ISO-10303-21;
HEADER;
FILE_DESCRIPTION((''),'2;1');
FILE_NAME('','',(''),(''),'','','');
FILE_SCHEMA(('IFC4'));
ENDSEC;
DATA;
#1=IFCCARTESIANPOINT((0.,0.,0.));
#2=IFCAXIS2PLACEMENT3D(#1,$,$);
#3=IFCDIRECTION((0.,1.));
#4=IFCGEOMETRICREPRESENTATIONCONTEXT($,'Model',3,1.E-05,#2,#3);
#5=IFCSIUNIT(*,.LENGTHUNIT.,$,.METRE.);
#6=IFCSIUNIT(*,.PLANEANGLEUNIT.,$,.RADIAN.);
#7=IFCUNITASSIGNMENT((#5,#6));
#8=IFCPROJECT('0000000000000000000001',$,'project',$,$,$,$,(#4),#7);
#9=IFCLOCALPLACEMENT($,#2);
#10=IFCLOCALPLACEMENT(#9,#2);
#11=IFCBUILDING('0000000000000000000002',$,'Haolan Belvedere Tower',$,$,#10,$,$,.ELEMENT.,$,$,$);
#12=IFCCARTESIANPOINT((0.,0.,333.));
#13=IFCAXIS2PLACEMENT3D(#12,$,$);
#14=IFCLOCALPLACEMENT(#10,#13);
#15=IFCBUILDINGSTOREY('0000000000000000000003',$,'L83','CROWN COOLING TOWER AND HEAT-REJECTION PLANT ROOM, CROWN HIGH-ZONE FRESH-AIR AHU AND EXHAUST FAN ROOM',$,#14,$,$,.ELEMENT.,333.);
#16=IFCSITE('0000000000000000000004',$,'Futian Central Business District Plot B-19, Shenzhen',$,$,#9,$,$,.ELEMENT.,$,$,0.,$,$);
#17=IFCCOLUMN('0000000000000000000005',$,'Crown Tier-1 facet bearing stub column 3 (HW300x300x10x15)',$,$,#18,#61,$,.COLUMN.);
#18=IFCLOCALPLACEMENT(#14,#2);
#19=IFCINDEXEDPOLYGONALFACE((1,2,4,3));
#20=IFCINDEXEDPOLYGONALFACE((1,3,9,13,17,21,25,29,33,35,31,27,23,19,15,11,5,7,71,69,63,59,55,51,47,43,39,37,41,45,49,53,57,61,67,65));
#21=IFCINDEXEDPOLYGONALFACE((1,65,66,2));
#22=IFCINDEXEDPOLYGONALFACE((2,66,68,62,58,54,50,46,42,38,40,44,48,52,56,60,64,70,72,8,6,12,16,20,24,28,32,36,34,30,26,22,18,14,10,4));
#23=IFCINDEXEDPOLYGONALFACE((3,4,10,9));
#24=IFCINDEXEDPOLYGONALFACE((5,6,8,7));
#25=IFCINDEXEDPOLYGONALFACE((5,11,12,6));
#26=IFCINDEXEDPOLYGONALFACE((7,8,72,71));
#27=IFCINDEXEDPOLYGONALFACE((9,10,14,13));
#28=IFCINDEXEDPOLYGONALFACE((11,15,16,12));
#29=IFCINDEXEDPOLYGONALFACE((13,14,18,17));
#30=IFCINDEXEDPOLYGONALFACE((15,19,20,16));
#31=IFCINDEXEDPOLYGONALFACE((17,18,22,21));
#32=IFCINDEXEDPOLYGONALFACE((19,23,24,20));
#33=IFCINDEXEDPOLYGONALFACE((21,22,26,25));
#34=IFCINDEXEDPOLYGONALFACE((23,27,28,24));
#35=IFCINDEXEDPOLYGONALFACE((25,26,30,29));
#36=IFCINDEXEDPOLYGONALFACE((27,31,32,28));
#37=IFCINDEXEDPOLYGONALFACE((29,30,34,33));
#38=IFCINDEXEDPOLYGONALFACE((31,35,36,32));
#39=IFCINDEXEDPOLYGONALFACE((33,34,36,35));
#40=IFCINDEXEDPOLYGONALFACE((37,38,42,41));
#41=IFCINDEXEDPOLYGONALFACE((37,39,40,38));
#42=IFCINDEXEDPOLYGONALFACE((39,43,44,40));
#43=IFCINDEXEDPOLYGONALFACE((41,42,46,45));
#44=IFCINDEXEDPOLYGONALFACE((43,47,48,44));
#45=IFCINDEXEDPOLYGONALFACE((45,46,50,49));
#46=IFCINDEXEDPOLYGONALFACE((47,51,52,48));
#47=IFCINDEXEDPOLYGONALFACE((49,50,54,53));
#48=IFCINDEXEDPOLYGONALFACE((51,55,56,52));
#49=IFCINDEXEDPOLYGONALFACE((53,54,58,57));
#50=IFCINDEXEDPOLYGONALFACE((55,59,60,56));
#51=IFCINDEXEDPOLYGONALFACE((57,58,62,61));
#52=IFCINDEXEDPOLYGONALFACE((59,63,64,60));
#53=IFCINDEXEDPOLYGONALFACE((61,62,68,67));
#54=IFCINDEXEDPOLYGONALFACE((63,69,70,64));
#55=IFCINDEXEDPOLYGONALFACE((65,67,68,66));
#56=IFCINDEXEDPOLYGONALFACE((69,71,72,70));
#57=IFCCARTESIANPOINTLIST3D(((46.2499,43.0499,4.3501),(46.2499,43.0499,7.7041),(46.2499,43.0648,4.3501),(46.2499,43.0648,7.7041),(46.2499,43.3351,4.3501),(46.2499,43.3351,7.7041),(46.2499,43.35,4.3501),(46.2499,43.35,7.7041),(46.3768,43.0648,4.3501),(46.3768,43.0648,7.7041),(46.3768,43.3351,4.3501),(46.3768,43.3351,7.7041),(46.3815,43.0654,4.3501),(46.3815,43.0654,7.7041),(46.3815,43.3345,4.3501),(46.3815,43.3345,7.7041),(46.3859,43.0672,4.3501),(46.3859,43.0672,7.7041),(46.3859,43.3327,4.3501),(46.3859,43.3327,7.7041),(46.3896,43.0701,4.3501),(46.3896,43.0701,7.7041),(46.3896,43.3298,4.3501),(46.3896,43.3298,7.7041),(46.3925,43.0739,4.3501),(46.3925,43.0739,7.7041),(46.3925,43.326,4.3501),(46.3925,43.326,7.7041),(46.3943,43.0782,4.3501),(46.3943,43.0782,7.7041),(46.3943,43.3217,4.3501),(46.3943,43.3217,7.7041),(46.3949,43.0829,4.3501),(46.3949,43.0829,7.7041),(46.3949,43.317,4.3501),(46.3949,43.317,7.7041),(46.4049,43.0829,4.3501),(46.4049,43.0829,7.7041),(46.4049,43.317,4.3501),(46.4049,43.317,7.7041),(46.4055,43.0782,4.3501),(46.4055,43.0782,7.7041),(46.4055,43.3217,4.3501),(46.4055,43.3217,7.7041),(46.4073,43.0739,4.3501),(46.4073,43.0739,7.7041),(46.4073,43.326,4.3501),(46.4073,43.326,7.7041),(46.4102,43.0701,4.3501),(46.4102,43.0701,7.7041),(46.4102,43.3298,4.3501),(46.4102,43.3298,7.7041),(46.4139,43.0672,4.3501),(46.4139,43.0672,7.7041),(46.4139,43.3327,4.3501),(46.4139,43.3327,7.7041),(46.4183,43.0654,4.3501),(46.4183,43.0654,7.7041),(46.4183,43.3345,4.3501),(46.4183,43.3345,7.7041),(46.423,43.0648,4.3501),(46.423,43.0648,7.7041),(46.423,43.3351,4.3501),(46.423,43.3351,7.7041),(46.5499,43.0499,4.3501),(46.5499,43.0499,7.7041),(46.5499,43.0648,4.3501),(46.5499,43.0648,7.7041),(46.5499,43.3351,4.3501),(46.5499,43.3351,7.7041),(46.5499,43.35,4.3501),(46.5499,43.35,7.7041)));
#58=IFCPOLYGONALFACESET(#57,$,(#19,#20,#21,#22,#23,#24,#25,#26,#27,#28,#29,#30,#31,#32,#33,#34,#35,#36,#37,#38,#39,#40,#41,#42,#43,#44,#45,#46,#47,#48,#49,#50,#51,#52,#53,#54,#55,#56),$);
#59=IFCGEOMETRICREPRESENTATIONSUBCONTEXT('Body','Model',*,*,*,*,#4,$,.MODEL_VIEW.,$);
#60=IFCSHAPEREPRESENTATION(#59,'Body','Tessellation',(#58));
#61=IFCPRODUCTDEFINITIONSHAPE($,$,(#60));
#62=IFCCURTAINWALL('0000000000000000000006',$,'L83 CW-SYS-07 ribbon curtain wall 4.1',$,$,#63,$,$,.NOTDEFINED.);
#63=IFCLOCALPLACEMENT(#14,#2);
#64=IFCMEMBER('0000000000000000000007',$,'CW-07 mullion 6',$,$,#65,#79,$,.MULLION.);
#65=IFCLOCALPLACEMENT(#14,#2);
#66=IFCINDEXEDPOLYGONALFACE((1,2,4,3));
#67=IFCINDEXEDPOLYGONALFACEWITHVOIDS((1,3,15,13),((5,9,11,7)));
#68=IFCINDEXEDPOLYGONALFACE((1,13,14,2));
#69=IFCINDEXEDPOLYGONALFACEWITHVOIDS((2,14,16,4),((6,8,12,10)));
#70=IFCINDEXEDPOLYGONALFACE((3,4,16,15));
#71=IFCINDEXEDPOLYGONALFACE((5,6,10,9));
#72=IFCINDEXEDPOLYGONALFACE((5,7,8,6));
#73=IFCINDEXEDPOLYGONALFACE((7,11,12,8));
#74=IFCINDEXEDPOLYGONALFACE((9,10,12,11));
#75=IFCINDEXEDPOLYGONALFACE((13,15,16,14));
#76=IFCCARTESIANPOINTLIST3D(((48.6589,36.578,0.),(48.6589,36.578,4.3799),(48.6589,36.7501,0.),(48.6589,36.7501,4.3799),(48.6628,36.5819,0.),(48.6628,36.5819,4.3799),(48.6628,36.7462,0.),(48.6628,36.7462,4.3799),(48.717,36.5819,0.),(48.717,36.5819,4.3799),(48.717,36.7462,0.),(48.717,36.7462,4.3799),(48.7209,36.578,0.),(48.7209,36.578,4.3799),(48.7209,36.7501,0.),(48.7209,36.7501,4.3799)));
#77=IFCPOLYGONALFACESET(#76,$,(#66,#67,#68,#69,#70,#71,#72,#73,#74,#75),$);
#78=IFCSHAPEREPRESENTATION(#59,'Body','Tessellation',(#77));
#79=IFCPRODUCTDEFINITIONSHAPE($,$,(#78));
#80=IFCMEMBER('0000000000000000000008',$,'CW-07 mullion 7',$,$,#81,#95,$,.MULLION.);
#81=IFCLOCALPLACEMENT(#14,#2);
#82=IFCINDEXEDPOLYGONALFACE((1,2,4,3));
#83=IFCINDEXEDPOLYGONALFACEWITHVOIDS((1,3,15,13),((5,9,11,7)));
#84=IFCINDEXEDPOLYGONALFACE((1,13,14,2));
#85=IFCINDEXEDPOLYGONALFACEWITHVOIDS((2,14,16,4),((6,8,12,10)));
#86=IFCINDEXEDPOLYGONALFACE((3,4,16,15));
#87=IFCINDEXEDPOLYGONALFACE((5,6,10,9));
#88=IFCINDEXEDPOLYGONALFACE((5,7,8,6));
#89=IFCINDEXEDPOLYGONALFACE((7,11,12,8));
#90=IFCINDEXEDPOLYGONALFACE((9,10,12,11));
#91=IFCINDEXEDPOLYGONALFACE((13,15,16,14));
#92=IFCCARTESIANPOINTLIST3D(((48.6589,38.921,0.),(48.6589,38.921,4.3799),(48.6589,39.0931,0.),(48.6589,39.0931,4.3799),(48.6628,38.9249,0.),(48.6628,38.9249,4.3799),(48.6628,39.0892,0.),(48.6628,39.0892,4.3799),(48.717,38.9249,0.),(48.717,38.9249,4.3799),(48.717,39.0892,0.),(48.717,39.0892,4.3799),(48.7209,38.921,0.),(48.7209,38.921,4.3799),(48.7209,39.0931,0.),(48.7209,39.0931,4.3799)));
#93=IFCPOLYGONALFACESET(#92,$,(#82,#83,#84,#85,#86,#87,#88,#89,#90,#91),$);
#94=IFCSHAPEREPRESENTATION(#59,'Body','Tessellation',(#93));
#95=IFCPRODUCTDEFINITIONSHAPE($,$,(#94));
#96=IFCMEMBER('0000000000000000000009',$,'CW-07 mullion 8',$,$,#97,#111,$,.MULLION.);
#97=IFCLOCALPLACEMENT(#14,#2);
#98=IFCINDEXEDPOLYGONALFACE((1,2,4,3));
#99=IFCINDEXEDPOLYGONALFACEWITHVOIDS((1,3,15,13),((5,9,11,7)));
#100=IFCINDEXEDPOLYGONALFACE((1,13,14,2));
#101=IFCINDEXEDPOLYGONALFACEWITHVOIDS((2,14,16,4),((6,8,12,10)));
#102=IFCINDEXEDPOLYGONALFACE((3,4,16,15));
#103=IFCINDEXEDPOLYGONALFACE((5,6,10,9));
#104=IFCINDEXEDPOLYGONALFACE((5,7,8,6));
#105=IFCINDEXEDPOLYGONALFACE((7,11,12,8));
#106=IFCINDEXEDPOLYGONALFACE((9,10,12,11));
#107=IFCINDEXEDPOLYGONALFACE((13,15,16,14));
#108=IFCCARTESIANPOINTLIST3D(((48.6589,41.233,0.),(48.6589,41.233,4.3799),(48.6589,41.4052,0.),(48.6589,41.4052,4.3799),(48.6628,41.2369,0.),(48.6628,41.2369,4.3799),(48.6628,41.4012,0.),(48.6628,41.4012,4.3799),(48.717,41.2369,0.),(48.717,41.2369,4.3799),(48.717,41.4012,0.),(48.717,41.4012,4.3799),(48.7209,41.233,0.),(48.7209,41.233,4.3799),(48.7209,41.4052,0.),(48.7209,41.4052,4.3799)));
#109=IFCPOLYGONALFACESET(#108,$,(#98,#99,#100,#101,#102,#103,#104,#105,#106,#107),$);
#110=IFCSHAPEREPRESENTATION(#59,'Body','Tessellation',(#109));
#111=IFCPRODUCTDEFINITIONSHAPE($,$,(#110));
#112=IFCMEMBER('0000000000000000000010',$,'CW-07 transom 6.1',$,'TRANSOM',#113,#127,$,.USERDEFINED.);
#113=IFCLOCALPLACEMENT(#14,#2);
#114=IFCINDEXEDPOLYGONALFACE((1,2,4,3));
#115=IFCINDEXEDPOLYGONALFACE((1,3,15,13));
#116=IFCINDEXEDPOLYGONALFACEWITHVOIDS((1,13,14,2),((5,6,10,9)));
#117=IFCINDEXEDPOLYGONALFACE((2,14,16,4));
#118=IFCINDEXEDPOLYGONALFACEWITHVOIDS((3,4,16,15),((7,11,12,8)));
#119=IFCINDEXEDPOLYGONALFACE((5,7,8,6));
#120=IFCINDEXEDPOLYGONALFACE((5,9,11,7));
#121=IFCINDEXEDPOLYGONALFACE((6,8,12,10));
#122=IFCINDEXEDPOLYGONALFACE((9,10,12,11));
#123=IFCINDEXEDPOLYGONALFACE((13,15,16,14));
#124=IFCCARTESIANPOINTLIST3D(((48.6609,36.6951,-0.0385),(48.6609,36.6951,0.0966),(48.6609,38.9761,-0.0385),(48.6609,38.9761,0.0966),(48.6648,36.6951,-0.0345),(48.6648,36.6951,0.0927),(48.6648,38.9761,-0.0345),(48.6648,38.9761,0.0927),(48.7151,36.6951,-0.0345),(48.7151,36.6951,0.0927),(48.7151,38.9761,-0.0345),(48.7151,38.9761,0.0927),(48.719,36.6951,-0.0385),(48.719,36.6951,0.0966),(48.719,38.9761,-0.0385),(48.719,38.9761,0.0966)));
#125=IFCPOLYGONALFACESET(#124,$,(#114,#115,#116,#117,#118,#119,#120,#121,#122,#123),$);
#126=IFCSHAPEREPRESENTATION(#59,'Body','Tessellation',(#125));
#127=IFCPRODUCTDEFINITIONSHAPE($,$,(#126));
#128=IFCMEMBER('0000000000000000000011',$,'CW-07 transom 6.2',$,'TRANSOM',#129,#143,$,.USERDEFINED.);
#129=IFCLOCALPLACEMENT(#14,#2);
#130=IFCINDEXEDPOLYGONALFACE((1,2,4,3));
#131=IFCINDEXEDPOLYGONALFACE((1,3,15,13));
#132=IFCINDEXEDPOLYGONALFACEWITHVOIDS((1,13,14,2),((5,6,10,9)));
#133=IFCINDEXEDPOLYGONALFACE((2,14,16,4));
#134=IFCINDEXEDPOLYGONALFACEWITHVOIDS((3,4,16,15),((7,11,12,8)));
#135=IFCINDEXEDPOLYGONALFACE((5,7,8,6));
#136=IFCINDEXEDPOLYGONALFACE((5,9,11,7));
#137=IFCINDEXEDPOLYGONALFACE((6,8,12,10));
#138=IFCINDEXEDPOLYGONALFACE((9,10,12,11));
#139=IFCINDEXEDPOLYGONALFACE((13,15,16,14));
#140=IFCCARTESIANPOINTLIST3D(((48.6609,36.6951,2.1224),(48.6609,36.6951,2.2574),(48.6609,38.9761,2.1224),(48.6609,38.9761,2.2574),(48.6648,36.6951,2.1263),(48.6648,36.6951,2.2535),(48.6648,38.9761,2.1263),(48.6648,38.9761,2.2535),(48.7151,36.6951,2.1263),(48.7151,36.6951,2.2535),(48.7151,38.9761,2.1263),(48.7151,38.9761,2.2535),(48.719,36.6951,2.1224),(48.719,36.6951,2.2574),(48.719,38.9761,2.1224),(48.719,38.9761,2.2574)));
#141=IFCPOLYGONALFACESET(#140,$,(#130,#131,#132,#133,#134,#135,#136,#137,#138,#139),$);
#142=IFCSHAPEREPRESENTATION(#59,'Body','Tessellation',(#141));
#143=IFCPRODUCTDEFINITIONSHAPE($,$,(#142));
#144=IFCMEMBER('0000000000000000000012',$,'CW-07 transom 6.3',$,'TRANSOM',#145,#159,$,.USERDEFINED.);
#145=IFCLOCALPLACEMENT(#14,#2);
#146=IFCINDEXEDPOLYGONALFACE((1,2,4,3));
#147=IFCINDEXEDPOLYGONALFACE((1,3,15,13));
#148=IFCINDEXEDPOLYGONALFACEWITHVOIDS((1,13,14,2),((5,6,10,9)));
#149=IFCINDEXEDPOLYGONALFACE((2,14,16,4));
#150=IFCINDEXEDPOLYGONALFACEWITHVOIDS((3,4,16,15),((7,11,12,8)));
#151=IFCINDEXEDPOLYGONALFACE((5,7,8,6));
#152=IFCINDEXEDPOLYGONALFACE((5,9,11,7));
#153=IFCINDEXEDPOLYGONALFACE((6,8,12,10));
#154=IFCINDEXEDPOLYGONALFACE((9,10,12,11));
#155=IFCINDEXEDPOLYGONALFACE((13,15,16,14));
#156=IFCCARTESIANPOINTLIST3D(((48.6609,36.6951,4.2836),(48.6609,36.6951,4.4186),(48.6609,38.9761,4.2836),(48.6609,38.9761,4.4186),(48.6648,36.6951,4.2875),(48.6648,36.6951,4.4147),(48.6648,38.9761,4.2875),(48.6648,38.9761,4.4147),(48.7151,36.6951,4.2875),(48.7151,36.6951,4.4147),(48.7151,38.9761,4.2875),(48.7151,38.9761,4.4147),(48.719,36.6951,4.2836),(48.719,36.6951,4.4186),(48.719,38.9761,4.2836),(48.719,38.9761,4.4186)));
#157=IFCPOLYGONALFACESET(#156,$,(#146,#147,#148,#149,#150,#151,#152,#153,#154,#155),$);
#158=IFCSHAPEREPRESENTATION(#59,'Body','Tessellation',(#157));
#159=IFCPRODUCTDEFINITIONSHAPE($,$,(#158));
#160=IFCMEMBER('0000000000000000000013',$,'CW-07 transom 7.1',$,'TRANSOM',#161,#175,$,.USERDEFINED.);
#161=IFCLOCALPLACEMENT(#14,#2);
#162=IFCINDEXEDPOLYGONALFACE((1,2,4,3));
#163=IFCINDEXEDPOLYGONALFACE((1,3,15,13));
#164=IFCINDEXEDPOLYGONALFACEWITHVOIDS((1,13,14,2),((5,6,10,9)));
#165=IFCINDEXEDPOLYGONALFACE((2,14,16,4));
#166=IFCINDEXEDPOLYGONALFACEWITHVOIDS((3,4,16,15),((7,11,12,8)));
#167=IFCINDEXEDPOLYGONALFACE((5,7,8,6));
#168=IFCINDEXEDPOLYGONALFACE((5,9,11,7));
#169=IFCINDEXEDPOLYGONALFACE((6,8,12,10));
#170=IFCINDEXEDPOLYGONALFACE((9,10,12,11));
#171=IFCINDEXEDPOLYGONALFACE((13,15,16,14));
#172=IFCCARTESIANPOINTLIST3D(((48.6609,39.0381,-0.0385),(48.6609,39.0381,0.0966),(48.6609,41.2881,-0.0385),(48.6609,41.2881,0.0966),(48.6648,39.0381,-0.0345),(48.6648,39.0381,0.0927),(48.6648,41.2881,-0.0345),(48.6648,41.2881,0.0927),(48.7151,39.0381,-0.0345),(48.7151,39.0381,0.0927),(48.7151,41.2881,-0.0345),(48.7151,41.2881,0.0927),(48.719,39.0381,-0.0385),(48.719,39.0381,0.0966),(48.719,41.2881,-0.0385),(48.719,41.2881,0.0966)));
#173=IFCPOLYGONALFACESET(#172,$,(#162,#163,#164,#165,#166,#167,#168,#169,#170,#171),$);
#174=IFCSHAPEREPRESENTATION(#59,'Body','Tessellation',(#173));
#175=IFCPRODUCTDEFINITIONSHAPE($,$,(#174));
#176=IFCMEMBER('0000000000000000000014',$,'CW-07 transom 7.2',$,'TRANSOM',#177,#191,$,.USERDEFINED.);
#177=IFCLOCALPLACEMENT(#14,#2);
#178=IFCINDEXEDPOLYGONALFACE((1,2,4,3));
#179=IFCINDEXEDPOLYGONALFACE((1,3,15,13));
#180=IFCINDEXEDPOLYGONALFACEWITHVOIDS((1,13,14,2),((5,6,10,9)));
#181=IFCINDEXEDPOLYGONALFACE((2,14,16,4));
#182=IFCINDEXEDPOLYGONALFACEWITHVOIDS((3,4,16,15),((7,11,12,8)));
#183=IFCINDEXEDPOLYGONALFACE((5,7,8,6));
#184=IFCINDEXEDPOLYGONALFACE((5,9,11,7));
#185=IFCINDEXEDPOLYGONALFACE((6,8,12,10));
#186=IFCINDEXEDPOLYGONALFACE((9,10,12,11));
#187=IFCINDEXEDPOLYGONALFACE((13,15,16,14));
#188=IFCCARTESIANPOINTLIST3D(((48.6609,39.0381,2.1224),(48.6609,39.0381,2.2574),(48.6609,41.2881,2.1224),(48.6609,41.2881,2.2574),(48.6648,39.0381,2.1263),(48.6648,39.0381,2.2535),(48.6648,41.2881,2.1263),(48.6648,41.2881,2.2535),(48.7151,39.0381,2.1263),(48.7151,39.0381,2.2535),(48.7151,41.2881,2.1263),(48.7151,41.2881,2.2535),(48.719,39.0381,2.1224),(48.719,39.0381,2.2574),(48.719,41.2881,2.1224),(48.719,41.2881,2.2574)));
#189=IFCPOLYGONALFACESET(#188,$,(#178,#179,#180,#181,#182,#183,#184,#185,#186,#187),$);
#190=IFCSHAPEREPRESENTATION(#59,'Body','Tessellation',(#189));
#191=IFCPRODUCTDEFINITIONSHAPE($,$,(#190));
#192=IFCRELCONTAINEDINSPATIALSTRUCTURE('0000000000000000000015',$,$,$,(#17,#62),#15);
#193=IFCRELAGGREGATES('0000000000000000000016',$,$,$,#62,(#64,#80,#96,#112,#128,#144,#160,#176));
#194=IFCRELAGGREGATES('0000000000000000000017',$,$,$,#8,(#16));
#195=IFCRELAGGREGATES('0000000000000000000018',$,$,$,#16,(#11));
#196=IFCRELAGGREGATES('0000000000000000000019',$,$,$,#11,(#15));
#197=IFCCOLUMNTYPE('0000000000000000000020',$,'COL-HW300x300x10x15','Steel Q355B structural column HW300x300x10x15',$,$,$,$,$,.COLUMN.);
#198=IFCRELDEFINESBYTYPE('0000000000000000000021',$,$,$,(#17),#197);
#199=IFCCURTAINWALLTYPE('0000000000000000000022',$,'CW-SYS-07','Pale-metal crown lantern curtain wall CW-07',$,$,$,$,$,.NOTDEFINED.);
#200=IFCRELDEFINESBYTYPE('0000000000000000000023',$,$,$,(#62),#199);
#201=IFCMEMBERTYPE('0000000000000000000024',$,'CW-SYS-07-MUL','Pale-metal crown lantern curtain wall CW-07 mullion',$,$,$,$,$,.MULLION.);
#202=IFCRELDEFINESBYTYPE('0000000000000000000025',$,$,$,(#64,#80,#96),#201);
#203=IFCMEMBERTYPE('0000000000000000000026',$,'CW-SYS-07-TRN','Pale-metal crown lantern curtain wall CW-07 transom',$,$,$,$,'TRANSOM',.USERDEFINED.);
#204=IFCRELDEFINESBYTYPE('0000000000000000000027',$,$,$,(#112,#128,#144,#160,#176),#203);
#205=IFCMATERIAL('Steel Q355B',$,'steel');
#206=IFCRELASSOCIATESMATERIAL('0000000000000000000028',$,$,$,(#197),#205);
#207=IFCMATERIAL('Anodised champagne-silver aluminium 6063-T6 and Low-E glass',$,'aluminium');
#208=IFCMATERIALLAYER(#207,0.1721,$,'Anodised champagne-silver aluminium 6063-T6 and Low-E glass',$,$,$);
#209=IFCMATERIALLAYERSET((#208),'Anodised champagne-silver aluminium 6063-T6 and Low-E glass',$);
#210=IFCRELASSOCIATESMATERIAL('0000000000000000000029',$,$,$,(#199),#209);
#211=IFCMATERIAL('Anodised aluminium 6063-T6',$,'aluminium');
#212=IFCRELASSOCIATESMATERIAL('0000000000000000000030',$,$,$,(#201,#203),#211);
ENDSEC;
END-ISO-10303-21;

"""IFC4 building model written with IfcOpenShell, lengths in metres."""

from ifc_helpers import new_model, si_unit, direction, frame, origin, origin_2d, place, context, subcontext, project, spatial, hollow_rectangle, i_section, extrude, material, layer, layer_set, material_profile, profile_set, type_object, element, aggregate, save


model = new_model("IFC4")

# Units and contexts
model_context = context("Model", 3, precision=1e-05, world=origin(), true_north=direction((0.0, 1.0)))
body_context = subcontext(model_context, "Body", "Model", "MODEL_VIEW")
ifc_project = project(units=[si_unit("LENGTHUNIT", "METRE"), si_unit("PLANEANGLEUNIT", "RADIAN")], contexts=[model_context])

# Site, building, storey
site_placement = place(None, origin())
site = spatial("IfcSite", under=ifc_project, at=site_placement, Name="Futian Central Business District Plot B-19, Shenzhen", CompositionType="ELEMENT", RefElevation=0.0)
building_placement = place(site_placement, origin())
building = spatial("IfcBuilding", under=site, at=building_placement, Name="Haolan Belvedere Tower", CompositionType="ELEMENT")
storey_placement = place(building_placement, frame((0.0, 0.0, 333.0)))
storey = spatial("IfcBuildingStorey", under=building, at=storey_placement, Name="L83", Description="CROWN COOLING TOWER AND HEAT-REJECTION PLANT ROOM, CROWN HIGH-ZONE FRESH-AIR AHU AND EXHAUST FAN ROOM", CompositionType="ELEMENT", Elevation=333.0)

# Column
ifc_material_1 = material(Name="Steel Q355B", Category="steel")
ifc_material_profile_1 = material_profile(ifc_material_1, i_section(OverallWidth=0.3, OverallDepth=0.3, WebThickness=0.01, FlangeThickness=0.0149, FilletRadius=0.0181, at=origin_2d()), Name="Steel Q355B")
ifc_profile_set_1 = profile_set([ifc_material_profile_1], Name="Steel Q355B")
column_type = type_object("IfcColumnType", Name="COL-HW300x300x10x15", Description="Steel Q355B structural column HW300x300x10x15", PredefinedType="COLUMN", material=ifc_profile_set_1)
column_placement = place(storey_placement, frame((46.3999, 43.2, 4.3501), z_axis=(0.0, 0.0, 1.0), x_axis=(1.0, 0.0, 0.0)))
element("IfcColumn", 1, at=column_placement, inside=storey, type_object=column_type, Name="Crown Tier-1 facet bearing stub column 3 (HW300x300x10x15)", PredefinedType="COLUMN", context=body_context, shape_type="SweptSolid", body=[
    extrude(i_section(OverallWidth=0.3, OverallDepth=0.3, WebThickness=0.01, FlangeThickness=0.0149, FilletRadius=0.0181, at=origin_2d()), origin(), (0.0, 0.0, 1.0), 3.354),
])

# Curtain wall, members
ifc_material_2 = material(Name="Anodised champagne-silver aluminium 6063-T6 and Low-E glass", Category="aluminium")
ifc_layer_1 = layer(ifc_material_2, 0.1721, Name="Anodised champagne-silver aluminium 6063-T6 and Low-E glass")
ifc_layer_set_1 = layer_set([ifc_layer_1], Name="Anodised champagne-silver aluminium 6063-T6 and Low-E glass")
curtain_wall_type = type_object("IfcCurtainWallType", Name="CW-SYS-07", Description="Pale-metal crown lantern curtain wall CW-07", PredefinedType="NOTDEFINED", material=ifc_layer_set_1)
curtain_wall_placement = place(storey_placement, origin())
curtain_wall = element("IfcCurtainWall", 2, at=curtain_wall_placement, inside=storey, type_object=curtain_wall_type, Name="L83 CW-SYS-07 ribbon curtain wall 4.1", PredefinedType="NOTDEFINED")
ifc_material_3 = material(Name="Anodised aluminium 6063-T6", Category="aluminium")
ifc_material_profile_2 = material_profile(ifc_material_3, hollow_rectangle(XDim=0.062, YDim=0.1721, WallThickness=0.0039, at=origin_2d()), Name="Anodised aluminium 6063-T6")
ifc_profile_set_2 = profile_set([ifc_material_profile_2], Name="Anodised aluminium 6063-T6")
member_type_1 = type_object("IfcMemberType", Name="CW-SYS-07-MUL", Description="Pale-metal crown lantern curtain wall CW-07 mullion", PredefinedType="MULLION", material=ifc_profile_set_2)
member_1_placement = place(storey_placement, frame((48.6899, 36.6641, 0.0), z_axis=(0.0, 0.0, 1.0), x_axis=(-1.0, 0.0, 0.0)))
member_1 = element("IfcMember", 3, at=member_1_placement, type_object=member_type_1, Name="CW-07 mullion 6", PredefinedType="MULLION", context=body_context, shape_type="SweptSolid", body=[
    extrude(hollow_rectangle(XDim=0.062, YDim=0.1721, WallThickness=0.0039, at=origin_2d()), origin(), (0.0, 0.0, 1.0), 4.3799),
])
member_2_placement = place(storey_placement, frame((48.6899, 39.0071, 0.0), z_axis=(0.0, 0.0, 1.0), x_axis=(-1.0, 0.0, 0.0)))
member_2 = element("IfcMember", 4, at=member_2_placement, type_object=member_type_1, Name="CW-07 mullion 7", PredefinedType="MULLION", context=body_context, shape_type="SweptSolid", body=[
    extrude(hollow_rectangle(XDim=0.062, YDim=0.1721, WallThickness=0.0039, at=origin_2d()), origin(), (0.0, 0.0, 1.0), 4.3799),
])
member_3_placement = place(storey_placement, frame((48.6899, 41.3191, 0.0), z_axis=(0.0, 0.0, 1.0), x_axis=(-1.0, 0.0, 0.0)))
member_3 = element("IfcMember", 5, at=member_3_placement, type_object=member_type_1, Name="CW-07 mullion 8", PredefinedType="MULLION", context=body_context, shape_type="SweptSolid", body=[
    extrude(hollow_rectangle(XDim=0.062, YDim=0.1721, WallThickness=0.0039, at=origin_2d()), origin(), (0.0, 0.0, 1.0), 4.3799),
])
ifc_material_profile_3 = material_profile(ifc_material_3, hollow_rectangle(XDim=0.0581, YDim=0.135, WallThickness=0.0039, at=origin_2d()), Name="Anodised aluminium 6063-T6")
ifc_profile_set_3 = profile_set([ifc_material_profile_3], Name="Anodised aluminium 6063-T6")
member_type_2 = type_object("IfcMemberType", Name="CW-SYS-07-TRN", Description="Pale-metal crown lantern curtain wall CW-07 transom", ElementType="TRANSOM", PredefinedType="USERDEFINED", material=ifc_profile_set_3)
member_4_placement = place(storey_placement, frame((48.6899, 36.6951, 0.0291), z_axis=(0.0, 1.0, 0.0), x_axis=(-1.0, 0.0, 0.0)))
member_4 = element("IfcMember", 6, at=member_4_placement, type_object=member_type_2, Name="CW-07 transom 6.1", ObjectType="TRANSOM", PredefinedType="USERDEFINED", context=body_context, shape_type="SweptSolid", body=[
    extrude(hollow_rectangle(XDim=0.0581, YDim=0.135, WallThickness=0.0039, at=origin_2d()), origin(), (0.0, 0.0, 1.0), 2.281),
])
member_5_placement = place(storey_placement, frame((48.6899, 36.6951, 2.1899), z_axis=(0.0, 1.0, 0.0), x_axis=(-1.0, 0.0, 0.0)))
member_5 = element("IfcMember", 7, at=member_5_placement, type_object=member_type_2, Name="CW-07 transom 6.2", ObjectType="TRANSOM", PredefinedType="USERDEFINED", context=body_context, shape_type="SweptSolid", body=[
    extrude(hollow_rectangle(XDim=0.0581, YDim=0.135, WallThickness=0.0039, at=origin_2d()), origin(), (0.0, 0.0, 1.0), 2.281),
])
member_6_placement = place(storey_placement, frame((48.6899, 36.6951, 4.3511), z_axis=(0.0, 1.0, 0.0), x_axis=(-1.0, 0.0, 0.0)))
member_6 = element("IfcMember", 8, at=member_6_placement, type_object=member_type_2, Name="CW-07 transom 6.3", ObjectType="TRANSOM", PredefinedType="USERDEFINED", context=body_context, shape_type="SweptSolid", body=[
    extrude(hollow_rectangle(XDim=0.0581, YDim=0.135, WallThickness=0.0039, at=origin_2d()), origin(), (0.0, 0.0, 1.0), 2.281),
])
member_7_placement = place(storey_placement, frame((48.6899, 39.0381, 0.0291), z_axis=(0.0, 1.0, 0.0), x_axis=(-1.0, 0.0, 0.0)))
member_7 = element("IfcMember", 9, at=member_7_placement, type_object=member_type_2, Name="CW-07 transom 7.1", ObjectType="TRANSOM", PredefinedType="USERDEFINED", context=body_context, shape_type="SweptSolid", body=[
    extrude(hollow_rectangle(XDim=0.0581, YDim=0.135, WallThickness=0.0039, at=origin_2d()), origin(), (0.0, 0.0, 1.0), 2.25),
])
member_8_placement = place(storey_placement, frame((48.6899, 39.0381, 2.1899), z_axis=(0.0, 1.0, 0.0), x_axis=(-1.0, 0.0, 0.0)))
member_8 = element("IfcMember", 10, at=member_8_placement, type_object=member_type_2, Name="CW-07 transom 7.2", ObjectType="TRANSOM", PredefinedType="USERDEFINED", context=body_context, shape_type="SweptSolid", body=[
    extrude(hollow_rectangle(XDim=0.0581, YDim=0.135, WallThickness=0.0039, at=origin_2d()), origin(), (0.0, 0.0, 1.0), 2.25),
])

aggregate(curtain_wall, [member_1, member_2, member_3, member_4, member_5, member_6, member_7, member_8])

save(model, "model.ifc")
